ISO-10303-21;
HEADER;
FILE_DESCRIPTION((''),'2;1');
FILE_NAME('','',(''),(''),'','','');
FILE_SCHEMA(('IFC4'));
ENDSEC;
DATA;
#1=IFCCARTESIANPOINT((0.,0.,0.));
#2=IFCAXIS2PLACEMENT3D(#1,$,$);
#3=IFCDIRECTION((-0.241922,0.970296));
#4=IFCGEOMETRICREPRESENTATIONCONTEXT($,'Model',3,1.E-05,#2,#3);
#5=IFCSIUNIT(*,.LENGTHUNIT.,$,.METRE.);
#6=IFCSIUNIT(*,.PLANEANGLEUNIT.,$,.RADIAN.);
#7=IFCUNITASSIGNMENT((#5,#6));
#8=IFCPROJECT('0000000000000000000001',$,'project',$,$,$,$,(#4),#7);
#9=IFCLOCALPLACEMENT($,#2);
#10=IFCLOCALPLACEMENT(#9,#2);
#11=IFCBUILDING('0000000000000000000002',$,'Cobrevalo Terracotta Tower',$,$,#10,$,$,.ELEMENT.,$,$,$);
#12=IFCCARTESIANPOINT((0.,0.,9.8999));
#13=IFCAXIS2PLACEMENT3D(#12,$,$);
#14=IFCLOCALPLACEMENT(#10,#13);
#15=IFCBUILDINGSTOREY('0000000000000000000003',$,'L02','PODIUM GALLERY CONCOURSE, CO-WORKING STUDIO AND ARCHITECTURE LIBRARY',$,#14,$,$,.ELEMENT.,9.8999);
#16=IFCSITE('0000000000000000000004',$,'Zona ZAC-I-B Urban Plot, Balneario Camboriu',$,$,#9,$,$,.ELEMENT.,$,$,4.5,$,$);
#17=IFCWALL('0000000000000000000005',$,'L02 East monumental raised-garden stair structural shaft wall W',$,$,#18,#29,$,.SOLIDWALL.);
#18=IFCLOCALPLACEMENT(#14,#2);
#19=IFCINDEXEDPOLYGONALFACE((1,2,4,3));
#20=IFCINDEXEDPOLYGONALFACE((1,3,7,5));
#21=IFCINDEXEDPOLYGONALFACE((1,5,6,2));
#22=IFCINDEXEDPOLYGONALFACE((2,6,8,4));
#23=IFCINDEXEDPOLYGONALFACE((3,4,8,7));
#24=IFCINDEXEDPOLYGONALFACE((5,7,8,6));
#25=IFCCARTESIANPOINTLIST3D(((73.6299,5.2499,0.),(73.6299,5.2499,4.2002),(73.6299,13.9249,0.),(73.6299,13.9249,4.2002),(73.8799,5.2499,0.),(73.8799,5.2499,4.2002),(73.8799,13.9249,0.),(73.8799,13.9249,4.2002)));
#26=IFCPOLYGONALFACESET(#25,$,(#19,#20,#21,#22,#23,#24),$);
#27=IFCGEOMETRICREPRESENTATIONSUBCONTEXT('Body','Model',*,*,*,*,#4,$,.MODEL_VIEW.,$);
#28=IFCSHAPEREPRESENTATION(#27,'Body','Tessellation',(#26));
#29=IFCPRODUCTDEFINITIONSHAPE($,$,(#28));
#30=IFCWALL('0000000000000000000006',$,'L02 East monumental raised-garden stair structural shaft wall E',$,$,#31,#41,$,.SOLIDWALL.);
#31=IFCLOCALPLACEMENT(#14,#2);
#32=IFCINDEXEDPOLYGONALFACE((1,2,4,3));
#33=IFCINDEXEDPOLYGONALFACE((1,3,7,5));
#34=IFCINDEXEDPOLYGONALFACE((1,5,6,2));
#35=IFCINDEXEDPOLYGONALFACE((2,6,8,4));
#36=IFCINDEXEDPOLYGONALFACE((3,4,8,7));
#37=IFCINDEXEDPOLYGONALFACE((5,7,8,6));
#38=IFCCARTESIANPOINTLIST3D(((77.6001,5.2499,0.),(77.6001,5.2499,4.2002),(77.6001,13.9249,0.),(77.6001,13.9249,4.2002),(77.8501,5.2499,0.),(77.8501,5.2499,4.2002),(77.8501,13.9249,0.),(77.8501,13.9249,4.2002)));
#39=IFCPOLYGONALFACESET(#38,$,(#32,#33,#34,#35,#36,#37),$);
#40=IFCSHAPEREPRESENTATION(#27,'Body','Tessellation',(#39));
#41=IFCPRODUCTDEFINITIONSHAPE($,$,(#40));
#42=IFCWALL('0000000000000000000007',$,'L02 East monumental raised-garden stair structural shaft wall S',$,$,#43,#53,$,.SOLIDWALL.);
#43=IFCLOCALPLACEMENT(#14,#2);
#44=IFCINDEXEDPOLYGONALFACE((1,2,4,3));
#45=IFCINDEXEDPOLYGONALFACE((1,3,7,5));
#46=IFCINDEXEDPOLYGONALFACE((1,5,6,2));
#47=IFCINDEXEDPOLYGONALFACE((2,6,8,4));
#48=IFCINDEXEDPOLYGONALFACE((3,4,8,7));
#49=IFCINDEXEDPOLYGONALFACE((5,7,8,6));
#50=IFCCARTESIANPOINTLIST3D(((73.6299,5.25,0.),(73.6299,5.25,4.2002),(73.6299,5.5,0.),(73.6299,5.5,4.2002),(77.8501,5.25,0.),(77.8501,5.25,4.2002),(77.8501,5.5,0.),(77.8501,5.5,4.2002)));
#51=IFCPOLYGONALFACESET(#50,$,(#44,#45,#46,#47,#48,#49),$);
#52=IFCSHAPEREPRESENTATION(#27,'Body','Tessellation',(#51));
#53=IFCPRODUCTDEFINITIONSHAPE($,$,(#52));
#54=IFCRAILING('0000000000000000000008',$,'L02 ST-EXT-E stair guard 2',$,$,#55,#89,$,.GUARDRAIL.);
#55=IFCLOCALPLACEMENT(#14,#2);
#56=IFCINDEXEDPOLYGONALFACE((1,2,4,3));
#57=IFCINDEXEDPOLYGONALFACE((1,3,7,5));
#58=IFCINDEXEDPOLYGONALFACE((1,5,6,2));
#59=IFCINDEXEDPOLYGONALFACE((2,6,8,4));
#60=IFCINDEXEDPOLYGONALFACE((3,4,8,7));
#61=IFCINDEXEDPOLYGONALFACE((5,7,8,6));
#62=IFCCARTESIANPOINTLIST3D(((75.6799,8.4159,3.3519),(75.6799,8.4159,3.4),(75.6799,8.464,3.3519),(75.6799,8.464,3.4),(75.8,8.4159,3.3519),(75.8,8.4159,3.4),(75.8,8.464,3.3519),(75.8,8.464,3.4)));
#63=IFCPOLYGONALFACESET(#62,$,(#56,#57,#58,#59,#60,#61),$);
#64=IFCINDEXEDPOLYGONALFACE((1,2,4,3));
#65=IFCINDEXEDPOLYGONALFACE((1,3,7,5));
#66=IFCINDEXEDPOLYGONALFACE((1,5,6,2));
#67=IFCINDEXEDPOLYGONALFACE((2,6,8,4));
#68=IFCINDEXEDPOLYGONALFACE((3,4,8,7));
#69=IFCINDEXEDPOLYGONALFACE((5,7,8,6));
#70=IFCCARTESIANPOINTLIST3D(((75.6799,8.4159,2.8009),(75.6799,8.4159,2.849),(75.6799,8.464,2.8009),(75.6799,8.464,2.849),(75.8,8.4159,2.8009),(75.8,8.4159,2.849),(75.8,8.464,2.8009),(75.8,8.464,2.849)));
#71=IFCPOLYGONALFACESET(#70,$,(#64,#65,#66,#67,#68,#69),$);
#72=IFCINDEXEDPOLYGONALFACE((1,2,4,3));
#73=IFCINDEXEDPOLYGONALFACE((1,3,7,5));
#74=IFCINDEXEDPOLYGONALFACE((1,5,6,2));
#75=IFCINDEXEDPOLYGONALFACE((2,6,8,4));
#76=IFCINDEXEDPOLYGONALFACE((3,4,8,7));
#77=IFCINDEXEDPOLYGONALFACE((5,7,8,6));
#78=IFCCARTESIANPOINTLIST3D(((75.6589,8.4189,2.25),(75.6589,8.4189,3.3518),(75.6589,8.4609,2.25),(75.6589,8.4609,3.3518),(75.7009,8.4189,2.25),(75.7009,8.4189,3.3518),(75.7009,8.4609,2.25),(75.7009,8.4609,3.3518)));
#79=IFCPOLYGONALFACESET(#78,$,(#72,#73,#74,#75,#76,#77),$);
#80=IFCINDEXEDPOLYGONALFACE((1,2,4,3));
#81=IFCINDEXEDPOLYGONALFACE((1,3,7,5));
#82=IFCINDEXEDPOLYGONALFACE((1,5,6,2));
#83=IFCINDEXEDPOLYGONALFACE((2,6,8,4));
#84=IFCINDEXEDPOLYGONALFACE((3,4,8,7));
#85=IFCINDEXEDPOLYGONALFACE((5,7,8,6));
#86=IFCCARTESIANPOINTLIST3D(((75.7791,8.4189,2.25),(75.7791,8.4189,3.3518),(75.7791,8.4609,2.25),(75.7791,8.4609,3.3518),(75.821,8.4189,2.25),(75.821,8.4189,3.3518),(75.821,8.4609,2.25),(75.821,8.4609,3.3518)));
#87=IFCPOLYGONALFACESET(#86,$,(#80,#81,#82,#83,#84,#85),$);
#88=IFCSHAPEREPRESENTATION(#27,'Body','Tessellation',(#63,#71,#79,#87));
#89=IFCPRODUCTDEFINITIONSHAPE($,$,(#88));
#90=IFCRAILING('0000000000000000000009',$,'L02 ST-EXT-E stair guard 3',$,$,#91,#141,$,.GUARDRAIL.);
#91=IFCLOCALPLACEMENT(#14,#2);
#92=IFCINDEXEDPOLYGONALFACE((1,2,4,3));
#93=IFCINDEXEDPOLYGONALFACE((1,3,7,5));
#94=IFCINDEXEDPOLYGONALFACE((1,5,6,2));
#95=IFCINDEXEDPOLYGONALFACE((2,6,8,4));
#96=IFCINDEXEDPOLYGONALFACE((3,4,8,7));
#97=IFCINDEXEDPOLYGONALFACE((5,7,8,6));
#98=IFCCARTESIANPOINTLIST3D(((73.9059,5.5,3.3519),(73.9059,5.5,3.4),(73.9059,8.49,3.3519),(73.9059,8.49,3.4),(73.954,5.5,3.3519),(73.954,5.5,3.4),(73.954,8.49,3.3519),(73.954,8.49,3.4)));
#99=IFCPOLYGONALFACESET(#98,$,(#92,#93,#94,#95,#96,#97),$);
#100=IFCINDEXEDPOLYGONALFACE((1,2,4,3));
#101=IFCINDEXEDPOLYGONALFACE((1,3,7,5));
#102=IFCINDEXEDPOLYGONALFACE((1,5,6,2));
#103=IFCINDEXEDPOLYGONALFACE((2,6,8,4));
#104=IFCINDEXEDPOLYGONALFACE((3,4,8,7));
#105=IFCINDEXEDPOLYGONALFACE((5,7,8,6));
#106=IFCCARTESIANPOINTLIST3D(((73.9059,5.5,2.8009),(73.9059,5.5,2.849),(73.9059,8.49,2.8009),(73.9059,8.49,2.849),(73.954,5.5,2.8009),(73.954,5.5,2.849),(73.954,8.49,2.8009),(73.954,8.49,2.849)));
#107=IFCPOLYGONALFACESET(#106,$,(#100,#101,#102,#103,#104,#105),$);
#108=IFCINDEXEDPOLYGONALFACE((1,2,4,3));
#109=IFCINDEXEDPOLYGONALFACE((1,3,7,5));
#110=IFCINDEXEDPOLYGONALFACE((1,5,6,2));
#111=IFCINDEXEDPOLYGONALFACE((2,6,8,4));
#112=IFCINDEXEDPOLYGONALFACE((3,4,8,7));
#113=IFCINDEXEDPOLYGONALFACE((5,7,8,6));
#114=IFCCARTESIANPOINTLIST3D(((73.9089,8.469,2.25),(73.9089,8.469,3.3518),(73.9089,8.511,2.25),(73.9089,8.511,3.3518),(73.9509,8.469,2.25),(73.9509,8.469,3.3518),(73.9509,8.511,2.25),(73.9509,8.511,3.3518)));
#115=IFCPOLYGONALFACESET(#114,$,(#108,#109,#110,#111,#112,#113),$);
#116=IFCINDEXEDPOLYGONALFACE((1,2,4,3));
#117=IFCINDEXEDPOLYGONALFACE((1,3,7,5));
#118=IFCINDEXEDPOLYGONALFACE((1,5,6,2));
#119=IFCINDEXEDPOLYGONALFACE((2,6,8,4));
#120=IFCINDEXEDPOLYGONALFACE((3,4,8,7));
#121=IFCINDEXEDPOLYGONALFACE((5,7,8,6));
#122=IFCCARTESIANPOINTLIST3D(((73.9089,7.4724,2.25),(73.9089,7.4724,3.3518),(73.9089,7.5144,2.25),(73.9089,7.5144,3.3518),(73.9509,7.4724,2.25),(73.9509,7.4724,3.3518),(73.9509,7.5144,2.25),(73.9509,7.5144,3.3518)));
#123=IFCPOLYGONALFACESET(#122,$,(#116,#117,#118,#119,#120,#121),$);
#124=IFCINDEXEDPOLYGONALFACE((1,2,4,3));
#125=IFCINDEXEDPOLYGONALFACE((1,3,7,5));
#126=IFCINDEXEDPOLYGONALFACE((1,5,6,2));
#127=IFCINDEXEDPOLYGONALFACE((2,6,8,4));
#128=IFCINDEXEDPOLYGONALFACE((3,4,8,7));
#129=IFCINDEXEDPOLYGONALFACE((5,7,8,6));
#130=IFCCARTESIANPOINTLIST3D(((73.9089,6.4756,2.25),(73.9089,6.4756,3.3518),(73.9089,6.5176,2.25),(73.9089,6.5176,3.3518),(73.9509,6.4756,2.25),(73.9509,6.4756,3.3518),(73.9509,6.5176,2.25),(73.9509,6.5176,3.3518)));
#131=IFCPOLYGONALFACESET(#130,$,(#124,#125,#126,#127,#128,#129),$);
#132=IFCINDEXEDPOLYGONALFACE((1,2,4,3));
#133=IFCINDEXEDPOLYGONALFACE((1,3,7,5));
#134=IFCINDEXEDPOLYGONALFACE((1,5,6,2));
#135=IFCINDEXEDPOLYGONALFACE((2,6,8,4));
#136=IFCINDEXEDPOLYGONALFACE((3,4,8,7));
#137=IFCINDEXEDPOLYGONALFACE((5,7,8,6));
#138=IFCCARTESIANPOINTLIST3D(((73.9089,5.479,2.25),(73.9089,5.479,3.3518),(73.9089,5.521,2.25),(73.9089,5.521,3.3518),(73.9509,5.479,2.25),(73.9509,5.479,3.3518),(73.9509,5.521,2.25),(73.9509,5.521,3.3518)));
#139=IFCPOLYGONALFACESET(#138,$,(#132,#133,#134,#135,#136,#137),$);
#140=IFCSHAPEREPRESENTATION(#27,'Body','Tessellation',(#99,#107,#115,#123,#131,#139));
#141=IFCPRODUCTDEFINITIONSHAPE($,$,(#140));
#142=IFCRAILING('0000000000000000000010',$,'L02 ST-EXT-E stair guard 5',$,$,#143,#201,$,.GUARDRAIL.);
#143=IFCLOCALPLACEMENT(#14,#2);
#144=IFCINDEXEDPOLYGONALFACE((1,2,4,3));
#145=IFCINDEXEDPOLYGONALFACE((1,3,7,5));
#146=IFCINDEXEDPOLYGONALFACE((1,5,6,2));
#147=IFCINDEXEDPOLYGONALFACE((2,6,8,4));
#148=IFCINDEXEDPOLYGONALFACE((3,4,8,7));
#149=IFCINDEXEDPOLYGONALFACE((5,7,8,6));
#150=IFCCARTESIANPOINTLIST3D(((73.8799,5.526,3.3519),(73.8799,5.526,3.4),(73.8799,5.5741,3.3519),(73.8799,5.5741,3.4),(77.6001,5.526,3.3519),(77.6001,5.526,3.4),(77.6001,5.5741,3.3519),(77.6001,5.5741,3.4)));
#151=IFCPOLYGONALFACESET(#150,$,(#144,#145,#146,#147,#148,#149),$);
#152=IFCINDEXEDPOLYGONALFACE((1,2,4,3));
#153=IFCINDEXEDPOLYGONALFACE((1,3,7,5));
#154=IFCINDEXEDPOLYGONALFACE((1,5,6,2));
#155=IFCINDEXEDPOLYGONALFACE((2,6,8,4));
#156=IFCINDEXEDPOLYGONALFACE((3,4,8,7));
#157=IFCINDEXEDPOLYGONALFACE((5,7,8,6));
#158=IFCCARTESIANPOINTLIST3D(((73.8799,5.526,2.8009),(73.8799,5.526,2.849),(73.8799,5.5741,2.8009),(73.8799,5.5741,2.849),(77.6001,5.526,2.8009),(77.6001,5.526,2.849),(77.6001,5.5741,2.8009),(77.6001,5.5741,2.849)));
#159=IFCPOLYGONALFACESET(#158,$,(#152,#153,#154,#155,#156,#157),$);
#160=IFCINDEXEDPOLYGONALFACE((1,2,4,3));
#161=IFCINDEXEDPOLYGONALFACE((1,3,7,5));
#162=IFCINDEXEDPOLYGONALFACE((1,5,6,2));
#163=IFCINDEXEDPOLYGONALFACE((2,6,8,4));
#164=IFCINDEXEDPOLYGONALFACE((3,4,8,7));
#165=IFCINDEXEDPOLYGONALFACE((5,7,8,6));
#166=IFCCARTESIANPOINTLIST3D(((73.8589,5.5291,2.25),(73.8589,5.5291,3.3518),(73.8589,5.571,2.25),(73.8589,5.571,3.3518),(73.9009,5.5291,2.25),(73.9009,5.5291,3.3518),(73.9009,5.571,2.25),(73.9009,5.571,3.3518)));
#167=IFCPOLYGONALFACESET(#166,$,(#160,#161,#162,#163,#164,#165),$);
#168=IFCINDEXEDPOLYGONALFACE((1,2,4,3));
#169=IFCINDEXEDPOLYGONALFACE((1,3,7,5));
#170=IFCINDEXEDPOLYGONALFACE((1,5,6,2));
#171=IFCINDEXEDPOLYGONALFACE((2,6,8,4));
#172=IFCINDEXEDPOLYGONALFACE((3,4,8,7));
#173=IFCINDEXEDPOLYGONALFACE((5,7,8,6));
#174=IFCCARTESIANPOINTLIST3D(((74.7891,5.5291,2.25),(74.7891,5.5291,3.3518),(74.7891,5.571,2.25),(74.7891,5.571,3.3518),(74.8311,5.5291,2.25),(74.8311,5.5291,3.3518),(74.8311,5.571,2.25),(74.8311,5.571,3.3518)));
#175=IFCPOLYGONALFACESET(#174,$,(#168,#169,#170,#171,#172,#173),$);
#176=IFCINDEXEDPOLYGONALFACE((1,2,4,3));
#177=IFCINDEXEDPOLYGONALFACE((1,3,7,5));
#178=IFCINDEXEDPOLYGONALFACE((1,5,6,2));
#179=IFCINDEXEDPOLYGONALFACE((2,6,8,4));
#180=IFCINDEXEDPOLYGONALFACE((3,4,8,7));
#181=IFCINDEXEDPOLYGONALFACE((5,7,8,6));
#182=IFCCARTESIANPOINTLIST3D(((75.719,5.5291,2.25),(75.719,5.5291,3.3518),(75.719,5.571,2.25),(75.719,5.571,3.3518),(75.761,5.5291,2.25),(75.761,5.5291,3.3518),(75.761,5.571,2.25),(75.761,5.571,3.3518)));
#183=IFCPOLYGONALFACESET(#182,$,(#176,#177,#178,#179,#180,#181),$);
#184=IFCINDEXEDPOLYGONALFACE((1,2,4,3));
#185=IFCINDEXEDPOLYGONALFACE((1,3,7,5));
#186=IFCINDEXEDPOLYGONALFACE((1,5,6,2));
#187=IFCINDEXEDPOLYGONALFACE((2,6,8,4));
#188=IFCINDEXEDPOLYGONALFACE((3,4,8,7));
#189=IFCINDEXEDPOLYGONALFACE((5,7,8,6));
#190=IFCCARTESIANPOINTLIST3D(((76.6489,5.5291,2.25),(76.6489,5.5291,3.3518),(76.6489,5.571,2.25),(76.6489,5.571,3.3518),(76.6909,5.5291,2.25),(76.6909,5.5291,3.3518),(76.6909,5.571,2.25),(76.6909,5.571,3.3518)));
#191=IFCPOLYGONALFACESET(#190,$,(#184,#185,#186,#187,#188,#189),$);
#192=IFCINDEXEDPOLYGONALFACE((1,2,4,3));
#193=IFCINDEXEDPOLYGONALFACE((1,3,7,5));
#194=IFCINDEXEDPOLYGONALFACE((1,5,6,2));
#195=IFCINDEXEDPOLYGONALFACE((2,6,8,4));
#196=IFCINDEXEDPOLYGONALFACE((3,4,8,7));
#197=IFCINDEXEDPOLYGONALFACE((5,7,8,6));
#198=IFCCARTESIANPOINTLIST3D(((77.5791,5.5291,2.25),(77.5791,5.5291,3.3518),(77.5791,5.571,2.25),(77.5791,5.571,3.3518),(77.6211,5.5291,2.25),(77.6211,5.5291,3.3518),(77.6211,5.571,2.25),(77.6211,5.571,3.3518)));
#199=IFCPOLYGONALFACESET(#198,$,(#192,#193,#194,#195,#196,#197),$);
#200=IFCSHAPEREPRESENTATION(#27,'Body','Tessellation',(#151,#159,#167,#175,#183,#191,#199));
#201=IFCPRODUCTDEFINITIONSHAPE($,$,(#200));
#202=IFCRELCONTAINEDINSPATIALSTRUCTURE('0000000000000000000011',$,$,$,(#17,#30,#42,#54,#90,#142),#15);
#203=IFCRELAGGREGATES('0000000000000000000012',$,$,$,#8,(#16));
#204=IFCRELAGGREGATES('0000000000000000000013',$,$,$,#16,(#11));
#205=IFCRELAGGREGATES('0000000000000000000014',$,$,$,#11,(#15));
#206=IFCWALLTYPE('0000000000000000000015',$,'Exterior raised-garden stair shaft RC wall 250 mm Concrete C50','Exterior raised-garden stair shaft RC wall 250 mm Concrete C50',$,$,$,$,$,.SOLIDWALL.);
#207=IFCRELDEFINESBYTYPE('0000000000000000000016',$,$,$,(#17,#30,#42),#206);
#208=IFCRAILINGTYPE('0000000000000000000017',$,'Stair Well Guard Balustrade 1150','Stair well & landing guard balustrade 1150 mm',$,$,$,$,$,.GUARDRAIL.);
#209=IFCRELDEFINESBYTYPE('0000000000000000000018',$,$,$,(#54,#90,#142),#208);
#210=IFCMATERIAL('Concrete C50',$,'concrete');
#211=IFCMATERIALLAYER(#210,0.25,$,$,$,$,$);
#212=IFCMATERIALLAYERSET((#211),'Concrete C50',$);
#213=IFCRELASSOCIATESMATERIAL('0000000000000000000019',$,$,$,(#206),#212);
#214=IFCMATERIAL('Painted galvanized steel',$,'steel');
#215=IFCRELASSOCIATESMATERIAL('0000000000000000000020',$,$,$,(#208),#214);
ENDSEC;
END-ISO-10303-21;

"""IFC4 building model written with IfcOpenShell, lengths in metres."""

from ifc_helpers import new_model, si_unit, direction, frame, frame_2d, origin, origin_2d, place, context, subcontext, project, spatial, rectangle, extrude, material, layer, layer_set, type_object, element, save


model = new_model("IFC4")

# Units and contexts
model_context = context("Model", 3, precision=1e-05, world=origin(), true_north=direction((-0.241922, 0.970296)))
body_context = subcontext(model_context, "Body", "Model", "MODEL_VIEW")
ifc_project = project(units=[si_unit("LENGTHUNIT", "METRE"), si_unit("PLANEANGLEUNIT", "RADIAN")], contexts=[model_context])

# Site, building, storey
site_placement = place(None, origin())
site = spatial("IfcSite", under=ifc_project, at=site_placement, Name="Zona ZAC-I-B Urban Plot, Balneario Camboriu", CompositionType="ELEMENT", RefElevation=4.5)
building_placement = place(site_placement, origin())
building = spatial("IfcBuilding", under=site, at=building_placement, Name="Cobrevalo Terracotta Tower", CompositionType="ELEMENT")
storey_placement = place(building_placement, frame((0.0, 0.0, 9.8999)))
storey = spatial("IfcBuildingStorey", under=building, at=storey_placement, Name="L02", Description="PODIUM GALLERY CONCOURSE, CO-WORKING STUDIO AND ARCHITECTURE LIBRARY", CompositionType="ELEMENT", Elevation=9.8999)

# Shared definitions
ifc_material_1 = material(Name="Concrete C50", Category="concrete")

# Walls
ifc_layer_1 = layer(ifc_material_1, 0.25)
ifc_layer_set_1 = layer_set([ifc_layer_1], Name="Concrete C50")
wall_type_1 = type_object("IfcWallType", Name="Exterior raised-garden stair shaft RC wall 250 mm Concrete C50", Description="Exterior raised-garden stair shaft RC wall 250 mm Concrete C50", PredefinedType="SOLIDWALL", material=ifc_layer_set_1)
for number, where, z_axis, x_axis, name in (
    (1, (73.7549, 5.25, 0.0), (0.0, 0.0, 1.0), (0.0, 1.0, 0.0), "L02 East monumental raised-garden stair structural shaft wall W"),
    (2, (77.7251, 5.25, 0.0), (0.0, 0.0, 1.0), (0.0, 1.0, 0.0), "L02 East monumental raised-garden stair structural shaft wall E"),
):
    element("IfcWall", number, at=place(storey_placement, frame(where, z_axis=z_axis, x_axis=x_axis)), inside=storey, type_object=wall_type_1, Name=name, PredefinedType="SOLIDWALL", context=body_context, shape_type="SweptSolid", body=[
        extrude(rectangle(XDim=8.675, YDim=0.25, at=frame_2d((4.3374, 0.0))), origin(), (0.0, 0.0, 1.0), 4.2002),
    ])
wall_1_placement = place(storey_placement, frame((73.6299, 5.375, 0.0), z_axis=(0.0, 0.0, 1.0), x_axis=(1.0, 0.0, 0.0)))
element("IfcWall", 3, at=wall_1_placement, inside=storey, type_object=wall_type_1, Name="L02 East monumental raised-garden stair structural shaft wall S", PredefinedType="SOLIDWALL", context=body_context, shape_type="SweptSolid", body=[
    extrude(rectangle(XDim=4.2202, YDim=0.25, at=frame_2d((2.1101, 0.0))), origin(), (0.0, 0.0, 1.0), 4.2002),
])

# Railings
ifc_material_2 = material(Name="Painted galvanized steel", Category="steel")
railing_type = type_object("IfcRailingType", Name="Stair Well Guard Balustrade 1150", Description="Stair well & landing guard balustrade 1150 mm", PredefinedType="GUARDRAIL", material=ifc_material_2)
railing_1_placement = place(storey_placement, frame((75.6799, 8.4399, 2.25)))
element("IfcRailing", 4, at=railing_1_placement, inside=storey, type_object=railing_type, Name="L02 ST-EXT-E stair guard 2", PredefinedType="GUARDRAIL", context=body_context, shape_type="SweptSolid", body=[
    extrude(rectangle(XDim=0.0481, YDim=0.0481, at=origin_2d()), frame((0.0, 0.0, 1.126), z_axis=(1.0, 0.0, 0.0), x_axis=(0.0, 1.0, 0.0)), (0.0, 0.0, 1.0), 0.1201),
    extrude(rectangle(XDim=0.0481, YDim=0.0481, at=origin_2d()), frame((0.0, 0.0, 0.575), z_axis=(1.0, 0.0, 0.0), x_axis=(0.0, 1.0, 0.0)), (0.0, 0.0, 1.0), 0.1201),
    extrude(rectangle(XDim=0.042, YDim=0.042, at=origin_2d()), origin(), (0.0, 0.0, 1.0), 1.1018),
    extrude(rectangle(XDim=0.042, YDim=0.042, at=origin_2d()), frame((0.1201, 0.0, 0.0)), (0.0, 0.0, 1.0), 1.1018),
])
railing_2_placement = place(storey_placement, frame((73.9299, 8.49, 2.25)))
element("IfcRailing", 5, at=railing_2_placement, inside=storey, type_object=railing_type, Name="L02 ST-EXT-E stair guard 3", PredefinedType="GUARDRAIL", context=body_context, shape_type="SweptSolid", body=[
    extrude(rectangle(XDim=0.0481, YDim=0.0481, at=origin_2d()), frame((0.0, 0.0, 1.126), z_axis=(0.0, -1.0, 0.0), x_axis=(1.0, 0.0, 0.0)), (0.0, 0.0, 1.0), 2.99),
    extrude(rectangle(XDim=0.0481, YDim=0.0481, at=origin_2d()), frame((0.0, 0.0, 0.575), z_axis=(0.0, -1.0, 0.0), x_axis=(1.0, 0.0, 0.0)), (0.0, 0.0, 1.0), 2.99),
    extrude(rectangle(XDim=0.042, YDim=0.042, at=origin_2d()), origin(), (0.0, 0.0, 1.0), 1.1018),
    extrude(rectangle(XDim=0.042, YDim=0.042, at=origin_2d()), frame((0.0, -0.9966, 0.0)), (0.0, 0.0, 1.0), 1.1018),
    extrude(rectangle(XDim=0.042, YDim=0.042, at=origin_2d()), frame((0.0, -1.9934, 0.0)), (0.0, 0.0, 1.0), 1.1018),
    extrude(rectangle(XDim=0.042, YDim=0.042, at=origin_2d()), frame((0.0, -2.99, 0.0)), (0.0, 0.0, 1.0), 1.1018),
])
railing_3_placement = place(storey_placement, frame((73.8799, 5.55, 2.25)))
element("IfcRailing", 6, at=railing_3_placement, inside=storey, type_object=railing_type, Name="L02 ST-EXT-E stair guard 5", PredefinedType="GUARDRAIL", context=body_context, shape_type="SweptSolid", body=[
    extrude(rectangle(XDim=0.0481, YDim=0.0481, at=origin_2d()), frame((0.0, 0.0, 1.126), z_axis=(1.0, 0.0, 0.0), x_axis=(0.0, 1.0, 0.0)), (0.0, 0.0, 1.0), 3.7202),
    extrude(rectangle(XDim=0.0481, YDim=0.0481, at=origin_2d()), frame((0.0, 0.0, 0.575), z_axis=(1.0, 0.0, 0.0), x_axis=(0.0, 1.0, 0.0)), (0.0, 0.0, 1.0), 3.7202),
    extrude(rectangle(XDim=0.042, YDim=0.042, at=origin_2d()), origin(), (0.0, 0.0, 1.0), 1.1018),
    extrude(rectangle(XDim=0.042, YDim=0.042, at=origin_2d()), frame((0.9302, 0.0, 0.0)), (0.0, 0.0, 1.0), 1.1018),
    extrude(rectangle(XDim=0.042, YDim=0.042, at=origin_2d()), frame((1.8601, 0.0, 0.0)), (0.0, 0.0, 1.0), 1.1018),
    extrude(rectangle(XDim=0.042, YDim=0.042, at=origin_2d()), frame((2.79, 0.0, 0.0)), (0.0, 0.0, 1.0), 1.1018),
    extrude(rectangle(XDim=0.042, YDim=0.042, at=origin_2d()), frame((3.7202, 0.0, 0.0)), (0.0, 0.0, 1.0), 1.1018),
])

save(model, "model.ifc")
